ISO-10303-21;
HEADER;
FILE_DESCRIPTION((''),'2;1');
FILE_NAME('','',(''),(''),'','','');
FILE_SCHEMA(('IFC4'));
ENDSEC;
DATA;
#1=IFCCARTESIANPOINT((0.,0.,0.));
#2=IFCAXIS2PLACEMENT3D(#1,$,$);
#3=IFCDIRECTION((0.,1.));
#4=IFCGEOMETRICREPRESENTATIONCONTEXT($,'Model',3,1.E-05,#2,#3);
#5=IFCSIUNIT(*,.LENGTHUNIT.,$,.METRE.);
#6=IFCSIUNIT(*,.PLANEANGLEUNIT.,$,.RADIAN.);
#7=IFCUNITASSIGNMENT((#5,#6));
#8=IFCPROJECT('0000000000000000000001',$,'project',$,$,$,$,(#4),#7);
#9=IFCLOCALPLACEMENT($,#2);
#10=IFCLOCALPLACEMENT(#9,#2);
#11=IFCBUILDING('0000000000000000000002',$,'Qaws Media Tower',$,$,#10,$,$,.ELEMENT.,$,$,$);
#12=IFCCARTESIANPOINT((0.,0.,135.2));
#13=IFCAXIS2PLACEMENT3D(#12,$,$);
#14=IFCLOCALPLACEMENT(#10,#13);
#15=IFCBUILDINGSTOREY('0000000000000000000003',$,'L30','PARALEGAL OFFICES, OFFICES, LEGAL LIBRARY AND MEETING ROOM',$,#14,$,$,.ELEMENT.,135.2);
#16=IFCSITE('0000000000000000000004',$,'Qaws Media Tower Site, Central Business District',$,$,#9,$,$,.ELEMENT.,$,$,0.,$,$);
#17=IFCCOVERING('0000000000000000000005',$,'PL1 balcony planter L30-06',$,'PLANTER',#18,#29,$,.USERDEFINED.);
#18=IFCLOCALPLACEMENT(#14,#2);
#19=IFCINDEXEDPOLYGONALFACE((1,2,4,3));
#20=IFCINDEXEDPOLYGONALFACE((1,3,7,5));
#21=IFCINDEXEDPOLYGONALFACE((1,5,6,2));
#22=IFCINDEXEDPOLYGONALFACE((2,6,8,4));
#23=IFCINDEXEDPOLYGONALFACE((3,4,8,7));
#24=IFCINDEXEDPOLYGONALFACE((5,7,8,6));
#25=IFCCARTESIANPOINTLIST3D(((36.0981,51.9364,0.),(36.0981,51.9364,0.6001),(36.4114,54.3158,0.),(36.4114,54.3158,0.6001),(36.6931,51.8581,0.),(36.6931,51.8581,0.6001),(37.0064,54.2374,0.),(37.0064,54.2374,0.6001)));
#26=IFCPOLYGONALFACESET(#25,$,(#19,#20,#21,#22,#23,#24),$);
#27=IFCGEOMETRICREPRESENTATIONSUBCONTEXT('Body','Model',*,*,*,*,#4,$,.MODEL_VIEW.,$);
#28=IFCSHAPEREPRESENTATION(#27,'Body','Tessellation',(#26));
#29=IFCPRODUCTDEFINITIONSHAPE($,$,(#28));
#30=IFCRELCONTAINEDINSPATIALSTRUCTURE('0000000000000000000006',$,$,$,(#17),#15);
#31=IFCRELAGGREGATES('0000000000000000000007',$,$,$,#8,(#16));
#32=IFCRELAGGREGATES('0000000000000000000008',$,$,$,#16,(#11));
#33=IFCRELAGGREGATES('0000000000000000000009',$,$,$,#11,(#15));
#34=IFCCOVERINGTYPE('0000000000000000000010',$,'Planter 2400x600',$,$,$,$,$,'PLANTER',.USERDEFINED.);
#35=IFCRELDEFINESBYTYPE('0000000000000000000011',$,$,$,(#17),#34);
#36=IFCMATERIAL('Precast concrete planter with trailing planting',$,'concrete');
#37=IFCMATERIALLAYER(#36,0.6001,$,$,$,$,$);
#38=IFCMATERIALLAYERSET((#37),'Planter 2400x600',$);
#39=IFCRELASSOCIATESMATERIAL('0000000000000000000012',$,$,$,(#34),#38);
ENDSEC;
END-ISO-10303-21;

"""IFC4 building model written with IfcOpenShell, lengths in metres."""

from ifc_helpers import new_model, si_unit, direction, frame, origin, origin_2d, place, context, subcontext, project, spatial, rectangle, extrude, material, layer, layer_set, type_object, element, save


model = new_model("IFC4")

# Units and contexts
model_context = context("Model", 3, precision=1e-05, world=origin(), true_north=direction((0.0, 1.0)))
body_context = subcontext(model_context, "Body", "Model", "MODEL_VIEW")
ifc_project = project(units=[si_unit("LENGTHUNIT", "METRE"), si_unit("PLANEANGLEUNIT", "RADIAN")], contexts=[model_context])

# Site, building, storey
site_placement = place(None, origin())
site = spatial("IfcSite", under=ifc_project, at=site_placement, Name="Qaws Media Tower Site, Central Business District", CompositionType="ELEMENT", RefElevation=0.0)
building_placement = place(site_placement, origin())
building = spatial("IfcBuilding", under=site, at=building_placement, Name="Qaws Media Tower", CompositionType="ELEMENT")
storey_placement = place(building_placement, frame((0.0, 0.0, 135.2)))
storey = spatial("IfcBuildingStorey", under=building, at=storey_placement, Name="L30", Description="PARALEGAL OFFICES, OFFICES, LEGAL LIBRARY AND MEETING ROOM", CompositionType="ELEMENT", Elevation=135.2)

# Covering
ifc_material_1 = material(Name="Precast concrete planter with trailing planting", Category="concrete")
ifc_layer_1 = layer(ifc_material_1, 0.6001)
ifc_layer_set_1 = layer_set([ifc_layer_1], Name="Planter 2400x600")
covering_type = type_object("IfcCoveringType", Name="Planter 2400x600", ElementType="PLANTER", PredefinedType="USERDEFINED", material=ifc_layer_set_1)
covering_placement = place(storey_placement, frame((36.5522, 53.0869, 0.0), z_axis=(0.0, 0.0, 1.0), x_axis=(-0.130526, -0.991445, 0.0)))
element("IfcCovering", 1, at=covering_placement, inside=storey, type_object=covering_type, Name="PL1 balcony planter L30-06", ObjectType="PLANTER", PredefinedType="USERDEFINED", context=body_context, shape_type="SweptSolid", body=[
    extrude(rectangle(XDim=2.3999, YDim=0.6001, at=origin_2d()), origin(), (0.0, 0.0, 1.0), 0.6001),
])

save(model, "model.ifc")
